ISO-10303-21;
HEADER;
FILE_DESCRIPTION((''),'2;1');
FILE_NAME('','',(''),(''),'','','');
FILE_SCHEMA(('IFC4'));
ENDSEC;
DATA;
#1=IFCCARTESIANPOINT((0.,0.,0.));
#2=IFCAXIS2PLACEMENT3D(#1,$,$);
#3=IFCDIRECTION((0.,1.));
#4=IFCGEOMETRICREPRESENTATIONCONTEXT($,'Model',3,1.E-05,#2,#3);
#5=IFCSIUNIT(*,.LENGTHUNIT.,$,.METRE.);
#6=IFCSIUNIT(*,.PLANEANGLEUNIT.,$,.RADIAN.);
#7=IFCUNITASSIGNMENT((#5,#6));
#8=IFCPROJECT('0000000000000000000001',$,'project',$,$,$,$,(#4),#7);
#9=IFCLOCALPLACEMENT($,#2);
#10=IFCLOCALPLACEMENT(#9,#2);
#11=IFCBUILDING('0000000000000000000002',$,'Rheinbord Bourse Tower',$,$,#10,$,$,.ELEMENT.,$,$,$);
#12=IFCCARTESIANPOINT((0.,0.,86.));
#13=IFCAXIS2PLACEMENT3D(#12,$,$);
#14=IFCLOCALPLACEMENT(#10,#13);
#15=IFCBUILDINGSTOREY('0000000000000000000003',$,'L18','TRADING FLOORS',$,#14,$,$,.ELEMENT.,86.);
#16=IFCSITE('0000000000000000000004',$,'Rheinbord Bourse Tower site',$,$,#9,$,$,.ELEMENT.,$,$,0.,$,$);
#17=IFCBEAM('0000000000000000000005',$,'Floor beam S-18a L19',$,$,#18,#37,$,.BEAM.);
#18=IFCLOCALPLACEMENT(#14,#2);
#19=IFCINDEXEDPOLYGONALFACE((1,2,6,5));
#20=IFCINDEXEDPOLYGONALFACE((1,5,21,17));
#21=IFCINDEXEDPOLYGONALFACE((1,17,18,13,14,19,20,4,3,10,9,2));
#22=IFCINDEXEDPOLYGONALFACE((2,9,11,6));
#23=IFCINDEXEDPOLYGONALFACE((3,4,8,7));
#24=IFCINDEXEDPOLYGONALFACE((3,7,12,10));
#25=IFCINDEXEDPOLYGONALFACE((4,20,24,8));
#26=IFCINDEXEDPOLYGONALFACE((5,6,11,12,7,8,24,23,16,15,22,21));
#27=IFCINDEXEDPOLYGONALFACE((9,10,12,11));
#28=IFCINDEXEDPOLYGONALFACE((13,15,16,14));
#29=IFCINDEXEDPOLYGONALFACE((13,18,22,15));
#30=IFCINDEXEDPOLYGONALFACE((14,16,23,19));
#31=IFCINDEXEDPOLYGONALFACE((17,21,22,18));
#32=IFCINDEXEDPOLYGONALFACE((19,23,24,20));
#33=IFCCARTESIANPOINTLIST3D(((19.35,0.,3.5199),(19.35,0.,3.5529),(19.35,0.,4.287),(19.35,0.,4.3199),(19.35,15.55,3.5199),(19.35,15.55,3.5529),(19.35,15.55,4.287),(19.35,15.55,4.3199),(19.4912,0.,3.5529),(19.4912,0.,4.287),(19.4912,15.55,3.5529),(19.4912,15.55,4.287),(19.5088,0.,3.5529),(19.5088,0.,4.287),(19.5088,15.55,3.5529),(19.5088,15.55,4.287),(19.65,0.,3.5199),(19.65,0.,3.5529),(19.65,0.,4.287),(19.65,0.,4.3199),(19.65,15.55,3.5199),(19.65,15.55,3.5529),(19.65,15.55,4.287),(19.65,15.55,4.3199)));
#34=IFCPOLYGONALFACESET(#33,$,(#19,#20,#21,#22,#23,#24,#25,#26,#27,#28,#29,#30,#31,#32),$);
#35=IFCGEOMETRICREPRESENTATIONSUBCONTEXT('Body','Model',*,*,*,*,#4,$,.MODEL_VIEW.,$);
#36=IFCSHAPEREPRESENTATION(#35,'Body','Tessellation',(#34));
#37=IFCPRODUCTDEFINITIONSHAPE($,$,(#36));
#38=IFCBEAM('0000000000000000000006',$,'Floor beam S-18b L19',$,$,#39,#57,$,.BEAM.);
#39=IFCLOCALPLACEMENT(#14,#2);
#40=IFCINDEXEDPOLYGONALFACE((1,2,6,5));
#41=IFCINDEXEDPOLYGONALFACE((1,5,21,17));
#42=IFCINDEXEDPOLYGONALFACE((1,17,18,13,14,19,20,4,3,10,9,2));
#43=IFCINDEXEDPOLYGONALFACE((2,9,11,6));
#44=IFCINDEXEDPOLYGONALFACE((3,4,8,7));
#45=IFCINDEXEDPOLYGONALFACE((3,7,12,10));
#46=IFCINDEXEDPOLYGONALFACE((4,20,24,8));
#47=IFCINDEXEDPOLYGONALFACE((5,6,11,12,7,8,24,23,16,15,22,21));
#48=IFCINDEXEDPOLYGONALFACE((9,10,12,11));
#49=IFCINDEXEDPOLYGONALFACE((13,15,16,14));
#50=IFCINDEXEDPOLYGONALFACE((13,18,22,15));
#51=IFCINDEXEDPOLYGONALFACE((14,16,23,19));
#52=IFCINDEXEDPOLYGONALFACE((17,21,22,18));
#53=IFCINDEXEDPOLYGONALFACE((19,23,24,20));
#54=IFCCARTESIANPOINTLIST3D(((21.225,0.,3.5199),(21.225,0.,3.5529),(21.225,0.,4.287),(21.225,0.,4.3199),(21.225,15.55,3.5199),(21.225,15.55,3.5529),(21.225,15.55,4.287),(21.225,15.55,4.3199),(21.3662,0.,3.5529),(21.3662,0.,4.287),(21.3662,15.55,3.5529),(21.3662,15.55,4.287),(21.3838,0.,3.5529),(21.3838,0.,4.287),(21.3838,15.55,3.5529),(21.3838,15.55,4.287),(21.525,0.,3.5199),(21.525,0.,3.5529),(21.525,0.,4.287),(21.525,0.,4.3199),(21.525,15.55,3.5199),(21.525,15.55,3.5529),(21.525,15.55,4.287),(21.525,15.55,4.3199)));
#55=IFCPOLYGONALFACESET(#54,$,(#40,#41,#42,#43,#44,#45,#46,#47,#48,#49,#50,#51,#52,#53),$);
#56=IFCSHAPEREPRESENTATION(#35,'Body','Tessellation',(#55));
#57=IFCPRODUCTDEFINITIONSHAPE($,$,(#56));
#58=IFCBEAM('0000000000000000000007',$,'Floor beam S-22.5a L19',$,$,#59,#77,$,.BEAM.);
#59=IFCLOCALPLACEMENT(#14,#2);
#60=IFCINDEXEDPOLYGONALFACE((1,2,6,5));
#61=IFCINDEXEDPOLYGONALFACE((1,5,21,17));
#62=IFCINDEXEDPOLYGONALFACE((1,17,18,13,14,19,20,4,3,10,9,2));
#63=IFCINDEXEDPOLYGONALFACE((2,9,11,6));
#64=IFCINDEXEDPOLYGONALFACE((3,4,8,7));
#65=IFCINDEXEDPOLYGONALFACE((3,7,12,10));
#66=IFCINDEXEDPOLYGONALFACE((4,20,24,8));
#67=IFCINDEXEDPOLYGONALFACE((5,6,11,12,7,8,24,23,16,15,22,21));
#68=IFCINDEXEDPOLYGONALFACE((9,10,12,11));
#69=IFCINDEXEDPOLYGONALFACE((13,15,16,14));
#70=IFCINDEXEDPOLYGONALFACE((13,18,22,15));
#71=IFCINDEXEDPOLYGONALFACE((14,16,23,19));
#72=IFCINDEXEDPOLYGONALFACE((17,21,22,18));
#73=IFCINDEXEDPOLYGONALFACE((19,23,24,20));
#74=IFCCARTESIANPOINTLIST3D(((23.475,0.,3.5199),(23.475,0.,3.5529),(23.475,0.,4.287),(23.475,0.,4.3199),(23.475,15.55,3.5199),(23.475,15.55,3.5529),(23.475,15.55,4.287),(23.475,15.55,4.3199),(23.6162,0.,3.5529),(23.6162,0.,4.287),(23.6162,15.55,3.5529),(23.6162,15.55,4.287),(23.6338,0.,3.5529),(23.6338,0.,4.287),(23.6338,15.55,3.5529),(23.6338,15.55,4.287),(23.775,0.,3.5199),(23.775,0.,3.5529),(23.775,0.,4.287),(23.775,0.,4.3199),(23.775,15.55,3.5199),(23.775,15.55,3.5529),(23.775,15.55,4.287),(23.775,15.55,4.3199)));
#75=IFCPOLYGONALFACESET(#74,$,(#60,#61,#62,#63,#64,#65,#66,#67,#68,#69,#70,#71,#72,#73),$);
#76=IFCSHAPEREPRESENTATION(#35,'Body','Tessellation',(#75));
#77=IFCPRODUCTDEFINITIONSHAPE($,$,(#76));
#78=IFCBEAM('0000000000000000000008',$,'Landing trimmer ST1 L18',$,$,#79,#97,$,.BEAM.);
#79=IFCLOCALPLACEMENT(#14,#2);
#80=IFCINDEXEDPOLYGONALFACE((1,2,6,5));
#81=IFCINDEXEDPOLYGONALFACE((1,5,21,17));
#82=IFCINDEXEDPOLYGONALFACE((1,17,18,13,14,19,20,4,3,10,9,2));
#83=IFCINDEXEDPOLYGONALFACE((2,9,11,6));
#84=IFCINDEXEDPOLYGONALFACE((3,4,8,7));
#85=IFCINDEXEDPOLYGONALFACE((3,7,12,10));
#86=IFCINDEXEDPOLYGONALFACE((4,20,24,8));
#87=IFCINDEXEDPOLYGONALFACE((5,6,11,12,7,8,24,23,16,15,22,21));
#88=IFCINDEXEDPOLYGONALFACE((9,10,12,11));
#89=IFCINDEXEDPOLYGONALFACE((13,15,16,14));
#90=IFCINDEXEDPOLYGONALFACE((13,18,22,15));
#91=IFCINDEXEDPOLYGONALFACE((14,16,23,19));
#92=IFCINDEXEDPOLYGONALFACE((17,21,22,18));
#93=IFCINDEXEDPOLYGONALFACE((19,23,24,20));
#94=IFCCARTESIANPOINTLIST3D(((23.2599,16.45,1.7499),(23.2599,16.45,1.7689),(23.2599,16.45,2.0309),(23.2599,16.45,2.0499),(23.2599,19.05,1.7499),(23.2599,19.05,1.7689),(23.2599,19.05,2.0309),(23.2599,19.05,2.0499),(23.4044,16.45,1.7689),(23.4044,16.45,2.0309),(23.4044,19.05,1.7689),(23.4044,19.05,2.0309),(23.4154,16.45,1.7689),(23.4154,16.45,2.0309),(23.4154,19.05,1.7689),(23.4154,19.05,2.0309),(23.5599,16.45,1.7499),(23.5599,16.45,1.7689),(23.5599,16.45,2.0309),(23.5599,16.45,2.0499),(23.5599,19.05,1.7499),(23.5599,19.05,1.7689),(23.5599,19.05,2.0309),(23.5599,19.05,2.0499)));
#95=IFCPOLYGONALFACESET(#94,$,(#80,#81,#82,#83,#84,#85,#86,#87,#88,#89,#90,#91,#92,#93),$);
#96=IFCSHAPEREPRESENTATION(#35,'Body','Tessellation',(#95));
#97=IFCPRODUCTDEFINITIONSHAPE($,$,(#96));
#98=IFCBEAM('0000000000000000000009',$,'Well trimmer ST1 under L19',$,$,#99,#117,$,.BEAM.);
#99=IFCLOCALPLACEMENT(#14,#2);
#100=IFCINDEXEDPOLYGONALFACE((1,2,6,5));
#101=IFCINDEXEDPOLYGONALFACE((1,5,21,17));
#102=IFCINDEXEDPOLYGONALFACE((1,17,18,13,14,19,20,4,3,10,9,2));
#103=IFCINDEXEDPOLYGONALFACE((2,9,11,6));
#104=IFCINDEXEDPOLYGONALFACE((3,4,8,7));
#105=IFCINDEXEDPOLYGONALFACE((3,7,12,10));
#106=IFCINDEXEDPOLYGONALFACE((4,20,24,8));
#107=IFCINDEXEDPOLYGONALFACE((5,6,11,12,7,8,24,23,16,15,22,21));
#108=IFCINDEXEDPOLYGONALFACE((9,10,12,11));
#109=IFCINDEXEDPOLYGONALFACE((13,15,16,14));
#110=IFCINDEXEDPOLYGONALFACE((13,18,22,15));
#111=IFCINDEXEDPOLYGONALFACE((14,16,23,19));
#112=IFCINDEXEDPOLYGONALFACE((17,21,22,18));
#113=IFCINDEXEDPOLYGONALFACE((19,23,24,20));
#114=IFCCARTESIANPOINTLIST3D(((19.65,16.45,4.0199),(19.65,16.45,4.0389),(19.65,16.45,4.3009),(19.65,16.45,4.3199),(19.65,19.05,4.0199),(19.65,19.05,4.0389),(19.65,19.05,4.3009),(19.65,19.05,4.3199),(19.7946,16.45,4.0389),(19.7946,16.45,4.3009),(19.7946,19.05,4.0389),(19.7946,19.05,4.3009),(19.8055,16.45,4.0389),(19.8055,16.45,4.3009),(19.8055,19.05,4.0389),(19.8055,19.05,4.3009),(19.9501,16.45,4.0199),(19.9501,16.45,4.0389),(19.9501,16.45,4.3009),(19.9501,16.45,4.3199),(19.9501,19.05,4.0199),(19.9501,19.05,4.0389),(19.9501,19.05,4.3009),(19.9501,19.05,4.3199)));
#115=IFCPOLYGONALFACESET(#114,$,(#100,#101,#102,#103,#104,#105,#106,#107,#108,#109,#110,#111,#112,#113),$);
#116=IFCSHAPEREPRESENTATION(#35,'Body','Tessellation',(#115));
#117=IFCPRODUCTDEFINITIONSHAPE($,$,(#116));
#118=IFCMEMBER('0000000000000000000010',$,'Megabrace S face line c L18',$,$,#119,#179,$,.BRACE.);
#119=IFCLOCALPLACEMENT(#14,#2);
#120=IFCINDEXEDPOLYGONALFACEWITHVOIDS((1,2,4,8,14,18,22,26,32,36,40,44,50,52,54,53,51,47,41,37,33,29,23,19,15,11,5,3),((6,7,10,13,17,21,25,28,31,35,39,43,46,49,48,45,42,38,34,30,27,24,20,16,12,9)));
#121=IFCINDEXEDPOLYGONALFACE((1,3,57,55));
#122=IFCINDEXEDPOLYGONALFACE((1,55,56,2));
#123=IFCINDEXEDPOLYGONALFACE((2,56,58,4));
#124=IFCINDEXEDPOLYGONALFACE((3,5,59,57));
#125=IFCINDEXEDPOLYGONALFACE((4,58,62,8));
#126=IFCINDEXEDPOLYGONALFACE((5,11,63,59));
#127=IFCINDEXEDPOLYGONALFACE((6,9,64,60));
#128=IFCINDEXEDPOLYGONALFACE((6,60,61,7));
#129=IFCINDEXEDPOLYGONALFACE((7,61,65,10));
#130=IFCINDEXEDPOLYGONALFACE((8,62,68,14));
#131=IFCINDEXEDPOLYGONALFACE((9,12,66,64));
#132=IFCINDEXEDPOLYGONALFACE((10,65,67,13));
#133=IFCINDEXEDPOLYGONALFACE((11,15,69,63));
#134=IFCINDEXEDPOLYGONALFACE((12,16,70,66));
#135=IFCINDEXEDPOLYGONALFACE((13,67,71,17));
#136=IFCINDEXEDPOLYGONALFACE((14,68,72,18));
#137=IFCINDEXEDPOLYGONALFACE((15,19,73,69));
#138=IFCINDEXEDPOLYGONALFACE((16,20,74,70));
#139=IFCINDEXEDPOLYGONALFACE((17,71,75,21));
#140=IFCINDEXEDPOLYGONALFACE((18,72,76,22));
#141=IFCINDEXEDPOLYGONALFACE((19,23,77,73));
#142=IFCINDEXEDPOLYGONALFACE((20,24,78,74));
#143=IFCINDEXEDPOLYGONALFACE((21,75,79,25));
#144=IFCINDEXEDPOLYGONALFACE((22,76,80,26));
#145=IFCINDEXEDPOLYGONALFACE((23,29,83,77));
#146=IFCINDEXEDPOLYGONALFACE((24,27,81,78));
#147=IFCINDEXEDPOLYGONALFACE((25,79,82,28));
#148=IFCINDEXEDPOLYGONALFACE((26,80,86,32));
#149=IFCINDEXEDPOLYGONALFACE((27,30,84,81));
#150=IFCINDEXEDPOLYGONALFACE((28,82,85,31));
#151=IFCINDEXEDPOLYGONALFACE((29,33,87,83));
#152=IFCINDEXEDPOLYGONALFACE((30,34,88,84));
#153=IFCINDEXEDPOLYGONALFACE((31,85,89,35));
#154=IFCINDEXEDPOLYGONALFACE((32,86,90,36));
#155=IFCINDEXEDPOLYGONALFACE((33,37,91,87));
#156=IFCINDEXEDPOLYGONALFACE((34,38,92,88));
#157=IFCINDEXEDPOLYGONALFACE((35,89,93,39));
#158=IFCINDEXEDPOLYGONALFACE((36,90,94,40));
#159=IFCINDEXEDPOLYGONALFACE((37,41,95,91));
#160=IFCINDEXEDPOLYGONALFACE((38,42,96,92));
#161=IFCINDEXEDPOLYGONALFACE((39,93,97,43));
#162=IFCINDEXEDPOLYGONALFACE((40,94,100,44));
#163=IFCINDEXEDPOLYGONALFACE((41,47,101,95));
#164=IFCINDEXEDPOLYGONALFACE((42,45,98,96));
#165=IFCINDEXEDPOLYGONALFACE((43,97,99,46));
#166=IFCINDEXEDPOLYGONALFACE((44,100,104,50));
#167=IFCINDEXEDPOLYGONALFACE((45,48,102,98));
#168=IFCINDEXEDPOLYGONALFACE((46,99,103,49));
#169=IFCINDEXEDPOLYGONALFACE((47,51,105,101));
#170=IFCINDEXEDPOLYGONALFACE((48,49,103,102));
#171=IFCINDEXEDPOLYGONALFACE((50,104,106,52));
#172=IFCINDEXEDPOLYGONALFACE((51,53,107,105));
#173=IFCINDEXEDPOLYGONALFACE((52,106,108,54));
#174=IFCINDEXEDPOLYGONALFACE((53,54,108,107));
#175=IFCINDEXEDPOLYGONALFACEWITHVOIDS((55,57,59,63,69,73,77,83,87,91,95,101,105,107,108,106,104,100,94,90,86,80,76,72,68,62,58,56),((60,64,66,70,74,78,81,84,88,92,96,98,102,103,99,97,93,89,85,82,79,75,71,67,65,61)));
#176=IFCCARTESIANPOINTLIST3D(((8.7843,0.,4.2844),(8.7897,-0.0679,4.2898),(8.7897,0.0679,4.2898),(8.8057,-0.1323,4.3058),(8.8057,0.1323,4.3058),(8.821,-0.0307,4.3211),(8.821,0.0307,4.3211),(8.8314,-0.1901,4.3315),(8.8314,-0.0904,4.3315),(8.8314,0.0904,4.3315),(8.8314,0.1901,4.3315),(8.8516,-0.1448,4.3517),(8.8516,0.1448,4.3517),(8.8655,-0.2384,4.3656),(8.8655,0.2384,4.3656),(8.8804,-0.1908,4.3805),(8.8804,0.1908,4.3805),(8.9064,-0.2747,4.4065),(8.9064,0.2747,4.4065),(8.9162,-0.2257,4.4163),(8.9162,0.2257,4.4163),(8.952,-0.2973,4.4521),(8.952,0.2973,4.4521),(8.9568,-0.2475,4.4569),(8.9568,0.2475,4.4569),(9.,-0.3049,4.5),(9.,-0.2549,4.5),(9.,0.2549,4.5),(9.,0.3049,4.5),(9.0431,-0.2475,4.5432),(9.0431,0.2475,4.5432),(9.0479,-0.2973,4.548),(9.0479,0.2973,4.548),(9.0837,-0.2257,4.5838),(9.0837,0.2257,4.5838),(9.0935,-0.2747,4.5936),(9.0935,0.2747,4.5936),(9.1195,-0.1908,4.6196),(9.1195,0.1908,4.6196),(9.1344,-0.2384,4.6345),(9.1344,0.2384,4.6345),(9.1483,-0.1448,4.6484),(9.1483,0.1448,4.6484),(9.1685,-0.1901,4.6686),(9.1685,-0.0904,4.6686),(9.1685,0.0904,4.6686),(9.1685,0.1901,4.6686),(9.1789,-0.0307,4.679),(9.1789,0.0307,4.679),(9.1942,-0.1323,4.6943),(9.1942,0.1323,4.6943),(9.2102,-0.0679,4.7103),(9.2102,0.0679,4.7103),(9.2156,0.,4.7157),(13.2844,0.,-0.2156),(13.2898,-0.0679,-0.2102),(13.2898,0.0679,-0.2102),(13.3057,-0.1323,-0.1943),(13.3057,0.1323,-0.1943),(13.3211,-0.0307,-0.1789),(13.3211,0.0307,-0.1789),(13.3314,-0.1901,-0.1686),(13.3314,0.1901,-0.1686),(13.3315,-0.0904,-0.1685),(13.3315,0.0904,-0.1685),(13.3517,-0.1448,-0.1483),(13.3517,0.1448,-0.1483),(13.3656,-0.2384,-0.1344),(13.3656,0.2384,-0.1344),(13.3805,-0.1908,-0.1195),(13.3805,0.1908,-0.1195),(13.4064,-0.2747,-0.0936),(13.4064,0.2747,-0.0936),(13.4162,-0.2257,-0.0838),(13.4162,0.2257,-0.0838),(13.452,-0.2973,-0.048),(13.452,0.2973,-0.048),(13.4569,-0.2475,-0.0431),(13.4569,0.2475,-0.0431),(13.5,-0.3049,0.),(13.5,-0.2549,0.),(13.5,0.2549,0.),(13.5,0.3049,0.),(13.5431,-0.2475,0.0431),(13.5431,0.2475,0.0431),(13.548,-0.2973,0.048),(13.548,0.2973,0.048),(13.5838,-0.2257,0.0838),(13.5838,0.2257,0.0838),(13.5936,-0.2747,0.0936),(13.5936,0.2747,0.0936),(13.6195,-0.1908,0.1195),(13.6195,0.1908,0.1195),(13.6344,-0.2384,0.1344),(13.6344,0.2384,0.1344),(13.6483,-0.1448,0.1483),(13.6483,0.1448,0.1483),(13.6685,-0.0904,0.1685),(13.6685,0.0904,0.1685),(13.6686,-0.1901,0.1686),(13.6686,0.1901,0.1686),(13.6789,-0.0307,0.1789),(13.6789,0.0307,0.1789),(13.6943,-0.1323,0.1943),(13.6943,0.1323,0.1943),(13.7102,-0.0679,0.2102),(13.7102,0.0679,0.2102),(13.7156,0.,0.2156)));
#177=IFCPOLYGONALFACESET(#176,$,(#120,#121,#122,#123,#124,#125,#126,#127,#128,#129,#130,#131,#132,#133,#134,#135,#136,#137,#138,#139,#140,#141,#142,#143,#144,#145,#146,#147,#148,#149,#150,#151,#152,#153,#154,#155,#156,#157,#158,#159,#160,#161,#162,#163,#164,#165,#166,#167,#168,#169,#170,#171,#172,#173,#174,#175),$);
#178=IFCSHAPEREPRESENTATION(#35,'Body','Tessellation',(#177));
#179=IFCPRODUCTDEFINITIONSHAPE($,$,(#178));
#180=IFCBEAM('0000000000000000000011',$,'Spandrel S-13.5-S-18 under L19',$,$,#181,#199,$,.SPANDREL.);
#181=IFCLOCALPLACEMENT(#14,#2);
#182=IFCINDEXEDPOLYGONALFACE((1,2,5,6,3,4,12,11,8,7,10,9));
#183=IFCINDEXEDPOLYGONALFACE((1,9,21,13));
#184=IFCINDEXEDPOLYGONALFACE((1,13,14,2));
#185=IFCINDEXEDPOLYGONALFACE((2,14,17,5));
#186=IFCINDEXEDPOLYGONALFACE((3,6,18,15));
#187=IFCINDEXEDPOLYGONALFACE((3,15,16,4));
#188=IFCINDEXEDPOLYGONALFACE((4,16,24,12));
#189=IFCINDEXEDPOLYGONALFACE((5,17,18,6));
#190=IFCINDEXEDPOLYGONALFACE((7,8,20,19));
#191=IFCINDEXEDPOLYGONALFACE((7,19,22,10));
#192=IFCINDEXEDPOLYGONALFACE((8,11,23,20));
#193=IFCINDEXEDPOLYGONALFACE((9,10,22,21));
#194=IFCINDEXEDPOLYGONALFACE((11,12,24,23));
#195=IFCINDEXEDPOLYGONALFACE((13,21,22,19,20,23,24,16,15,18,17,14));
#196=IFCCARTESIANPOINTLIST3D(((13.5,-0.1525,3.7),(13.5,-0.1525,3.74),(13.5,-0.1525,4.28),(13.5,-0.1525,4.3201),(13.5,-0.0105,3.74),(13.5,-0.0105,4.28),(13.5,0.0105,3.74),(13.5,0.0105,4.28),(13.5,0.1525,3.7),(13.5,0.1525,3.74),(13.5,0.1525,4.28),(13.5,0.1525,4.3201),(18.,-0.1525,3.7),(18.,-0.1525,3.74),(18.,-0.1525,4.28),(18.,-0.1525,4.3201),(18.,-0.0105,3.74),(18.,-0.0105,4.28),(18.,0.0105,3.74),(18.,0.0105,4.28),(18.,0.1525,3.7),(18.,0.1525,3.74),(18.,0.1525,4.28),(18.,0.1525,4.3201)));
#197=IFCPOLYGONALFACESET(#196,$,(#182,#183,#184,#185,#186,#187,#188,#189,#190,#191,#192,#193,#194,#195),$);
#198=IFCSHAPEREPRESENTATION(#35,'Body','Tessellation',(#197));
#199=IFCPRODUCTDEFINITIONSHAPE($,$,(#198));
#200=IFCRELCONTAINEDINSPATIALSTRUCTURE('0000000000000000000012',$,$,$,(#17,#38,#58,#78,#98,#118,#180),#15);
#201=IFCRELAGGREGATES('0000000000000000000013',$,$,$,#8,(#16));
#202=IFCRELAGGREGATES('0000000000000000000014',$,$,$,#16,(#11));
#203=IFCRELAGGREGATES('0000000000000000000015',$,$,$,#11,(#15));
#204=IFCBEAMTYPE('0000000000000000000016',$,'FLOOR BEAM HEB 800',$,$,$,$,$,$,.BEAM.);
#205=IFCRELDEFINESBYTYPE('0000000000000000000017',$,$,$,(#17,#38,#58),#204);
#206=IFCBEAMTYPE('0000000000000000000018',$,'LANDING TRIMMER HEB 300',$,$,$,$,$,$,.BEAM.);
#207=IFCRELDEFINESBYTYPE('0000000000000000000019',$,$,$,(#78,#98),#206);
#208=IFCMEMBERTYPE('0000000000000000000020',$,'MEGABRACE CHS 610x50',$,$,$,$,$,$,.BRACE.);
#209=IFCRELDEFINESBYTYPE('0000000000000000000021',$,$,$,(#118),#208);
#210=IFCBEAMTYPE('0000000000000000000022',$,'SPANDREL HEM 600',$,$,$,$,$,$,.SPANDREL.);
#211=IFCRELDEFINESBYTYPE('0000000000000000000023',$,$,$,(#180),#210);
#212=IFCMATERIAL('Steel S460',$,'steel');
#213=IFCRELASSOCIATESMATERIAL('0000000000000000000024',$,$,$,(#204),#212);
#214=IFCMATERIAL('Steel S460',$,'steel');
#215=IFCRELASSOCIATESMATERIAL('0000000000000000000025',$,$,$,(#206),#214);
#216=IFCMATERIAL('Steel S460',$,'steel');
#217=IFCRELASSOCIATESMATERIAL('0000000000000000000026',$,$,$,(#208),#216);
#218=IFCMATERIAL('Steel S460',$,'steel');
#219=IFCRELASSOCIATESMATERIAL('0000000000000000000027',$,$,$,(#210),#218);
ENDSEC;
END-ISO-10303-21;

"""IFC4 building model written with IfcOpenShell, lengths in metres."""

from ifc_helpers import new_model, si_unit, direction, frame, origin, origin_2d, place, context, subcontext, project, spatial, hollow_circle, i_section, extrude, material, material_profile, profile_set, type_object, element, save


model = new_model("IFC4")

# Units and contexts
model_context = context("Model", 3, precision=1e-05, world=origin(), true_north=direction((0.0, 1.0)))
body_context = subcontext(model_context, "Body", "Model", "MODEL_VIEW")
ifc_project = project(units=[si_unit("LENGTHUNIT", "METRE"), si_unit("PLANEANGLEUNIT", "RADIAN")], contexts=[model_context])

# Site, building, storey
site_placement = place(None, origin())
site = spatial("IfcSite", under=ifc_project, at=site_placement, Name="Rheinbord Bourse Tower site", CompositionType="ELEMENT", RefElevation=0.0)
building_placement = place(site_placement, origin())
building = spatial("IfcBuilding", under=site, at=building_placement, Name="Rheinbord Bourse Tower", CompositionType="ELEMENT")
storey_placement = place(building_placement, frame((0.0, 0.0, 86.0)))
storey = spatial("IfcBuildingStorey", under=building, at=storey_placement, Name="L18", Description="TRADING FLOORS", CompositionType="ELEMENT", Elevation=86.0)

# Beams
ifc_material_1 = material(Name="Steel S460", Category="steel")
ifc_material_profile_1 = material_profile(ifc_material_1, i_section(OverallWidth=0.3, OverallDepth=0.8, WebThickness=0.0176, FlangeThickness=0.033, at=origin_2d()), Name="HEB 800")
ifc_profile_set_1 = profile_set([ifc_material_profile_1], Name="Steel S460")
beam_type_1 = type_object("IfcBeamType", Name="FLOOR BEAM HEB 800", PredefinedType="BEAM", material=ifc_profile_set_1)
for number, where, z_axis, x_axis, name in (
    (1, (19.5, 0.0, 3.9199), (0.0, 1.0, 0.0), (-1.0, 0.0, 0.0), "Floor beam S-18a L19"),
    (2, (21.375, 0.0, 3.9199), (0.0, 1.0, 0.0), (-1.0, 0.0, 0.0), "Floor beam S-18b L19"),
    (3, (23.625, 0.0, 3.9199), (0.0, 1.0, 0.0), (-1.0, 0.0, 0.0), "Floor beam S-22.5a L19"),
):
    element("IfcBeam", number, at=place(storey_placement, frame(where, z_axis=z_axis, x_axis=x_axis)), inside=storey, type_object=beam_type_1, Name=name, PredefinedType="BEAM", context=body_context, shape_type="SweptSolid", body=[
        extrude(i_section(OverallWidth=0.3, OverallDepth=0.8, WebThickness=0.0176, FlangeThickness=0.033, at=origin_2d()), origin(), (0.0, 0.0, 1.0), 15.55),
    ])
ifc_material_2 = material(Name="Steel S460", Category="steel")
ifc_material_profile_2 = material_profile(ifc_material_2, i_section(OverallWidth=0.3, OverallDepth=0.3, WebThickness=0.011, FlangeThickness=0.019, at=origin_2d()), Name="HEB 300")
ifc_profile_set_2 = profile_set([ifc_material_profile_2], Name="Steel S460")
beam_type_2 = type_object("IfcBeamType", Name="LANDING TRIMMER HEB 300", PredefinedType="BEAM", material=ifc_profile_set_2)
for number, where, z_axis, x_axis, name in (
    (4, (23.4099, 16.45, 1.8999), (0.0, 1.0, 0.0), (-1.0, 0.0, 0.0), "Landing trimmer ST1 L18"),
    (5, (19.8, 16.45, 4.1699), (0.0, 1.0, 0.0), (-1.0, 0.0, 0.0), "Well trimmer ST1 under L19"),
):
    element("IfcBeam", number, at=place(storey_placement, frame(where, z_axis=z_axis, x_axis=x_axis)), inside=storey, type_object=beam_type_2, Name=name, PredefinedType="BEAM", context=body_context, shape_type="SweptSolid", body=[
        extrude(i_section(OverallWidth=0.3, OverallDepth=0.3, WebThickness=0.011, FlangeThickness=0.019, at=origin_2d()), origin(), (0.0, 0.0, 1.0), 2.6001),
    ])

# Member
ifc_material_3 = material(Name="Steel S460", Category="steel")
ifc_material_profile_3 = material_profile(ifc_material_3, hollow_circle(Radius=0.3049, WallThickness=0.05, at=origin_2d()), Name="CHS 610x50")
ifc_profile_set_3 = profile_set([ifc_material_profile_3], Name="Steel S460")
member_type_1 = type_object("IfcMemberType", Name="MEGABRACE CHS 610x50", PredefinedType="BRACE", material=ifc_profile_set_3)
member_1_placement = place(storey_placement, frame((13.5, 0.0, 0.0), z_axis=(-0.707107, 0.0, 0.707107), x_axis=(0.0, -1.0, 0.0)))
element("IfcMember", 6, at=member_1_placement, inside=storey, type_object=member_type_1, Name="Megabrace S face line c L18", PredefinedType="BRACE", context=body_context, shape_type="SweptSolid", body=[
    extrude(hollow_circle(Radius=0.3049, WallThickness=0.05, at=origin_2d()), origin(), (0.0, 0.0, 1.0), 6.364),
])

# Beam
ifc_material_4 = material(Name="Steel S460", Category="steel")
ifc_material_profile_4 = material_profile(ifc_material_4, i_section(OverallWidth=0.3049, OverallDepth=0.6201, WebThickness=0.021, FlangeThickness=0.04, at=origin_2d()), Name="HEM 600")
ifc_profile_set_4 = profile_set([ifc_material_profile_4], Name="Steel S460")
beam_type_3 = type_object("IfcBeamType", Name="SPANDREL HEM 600", PredefinedType="SPANDREL", material=ifc_profile_set_4)
for number, where, z_axis, x_axis, name in (
    (7, (13.5, 0.0, 4.01), (1.0, 0.0, 0.0), (0.0, 1.0, 0.0), "Spandrel S-13.5-S-18 under L19"),
):
    element("IfcBeam", number, at=place(storey_placement, frame(where, z_axis=z_axis, x_axis=x_axis)), inside=storey, type_object=beam_type_3, Name=name, PredefinedType="SPANDREL", context=body_context, shape_type="SweptSolid", body=[
        extrude(i_section(OverallWidth=0.3049, OverallDepth=0.6201, WebThickness=0.021, FlangeThickness=0.04, at=origin_2d()), origin(), (0.0, 0.0, 1.0), 4.5),
    ])

save(model, "model.ifc")
